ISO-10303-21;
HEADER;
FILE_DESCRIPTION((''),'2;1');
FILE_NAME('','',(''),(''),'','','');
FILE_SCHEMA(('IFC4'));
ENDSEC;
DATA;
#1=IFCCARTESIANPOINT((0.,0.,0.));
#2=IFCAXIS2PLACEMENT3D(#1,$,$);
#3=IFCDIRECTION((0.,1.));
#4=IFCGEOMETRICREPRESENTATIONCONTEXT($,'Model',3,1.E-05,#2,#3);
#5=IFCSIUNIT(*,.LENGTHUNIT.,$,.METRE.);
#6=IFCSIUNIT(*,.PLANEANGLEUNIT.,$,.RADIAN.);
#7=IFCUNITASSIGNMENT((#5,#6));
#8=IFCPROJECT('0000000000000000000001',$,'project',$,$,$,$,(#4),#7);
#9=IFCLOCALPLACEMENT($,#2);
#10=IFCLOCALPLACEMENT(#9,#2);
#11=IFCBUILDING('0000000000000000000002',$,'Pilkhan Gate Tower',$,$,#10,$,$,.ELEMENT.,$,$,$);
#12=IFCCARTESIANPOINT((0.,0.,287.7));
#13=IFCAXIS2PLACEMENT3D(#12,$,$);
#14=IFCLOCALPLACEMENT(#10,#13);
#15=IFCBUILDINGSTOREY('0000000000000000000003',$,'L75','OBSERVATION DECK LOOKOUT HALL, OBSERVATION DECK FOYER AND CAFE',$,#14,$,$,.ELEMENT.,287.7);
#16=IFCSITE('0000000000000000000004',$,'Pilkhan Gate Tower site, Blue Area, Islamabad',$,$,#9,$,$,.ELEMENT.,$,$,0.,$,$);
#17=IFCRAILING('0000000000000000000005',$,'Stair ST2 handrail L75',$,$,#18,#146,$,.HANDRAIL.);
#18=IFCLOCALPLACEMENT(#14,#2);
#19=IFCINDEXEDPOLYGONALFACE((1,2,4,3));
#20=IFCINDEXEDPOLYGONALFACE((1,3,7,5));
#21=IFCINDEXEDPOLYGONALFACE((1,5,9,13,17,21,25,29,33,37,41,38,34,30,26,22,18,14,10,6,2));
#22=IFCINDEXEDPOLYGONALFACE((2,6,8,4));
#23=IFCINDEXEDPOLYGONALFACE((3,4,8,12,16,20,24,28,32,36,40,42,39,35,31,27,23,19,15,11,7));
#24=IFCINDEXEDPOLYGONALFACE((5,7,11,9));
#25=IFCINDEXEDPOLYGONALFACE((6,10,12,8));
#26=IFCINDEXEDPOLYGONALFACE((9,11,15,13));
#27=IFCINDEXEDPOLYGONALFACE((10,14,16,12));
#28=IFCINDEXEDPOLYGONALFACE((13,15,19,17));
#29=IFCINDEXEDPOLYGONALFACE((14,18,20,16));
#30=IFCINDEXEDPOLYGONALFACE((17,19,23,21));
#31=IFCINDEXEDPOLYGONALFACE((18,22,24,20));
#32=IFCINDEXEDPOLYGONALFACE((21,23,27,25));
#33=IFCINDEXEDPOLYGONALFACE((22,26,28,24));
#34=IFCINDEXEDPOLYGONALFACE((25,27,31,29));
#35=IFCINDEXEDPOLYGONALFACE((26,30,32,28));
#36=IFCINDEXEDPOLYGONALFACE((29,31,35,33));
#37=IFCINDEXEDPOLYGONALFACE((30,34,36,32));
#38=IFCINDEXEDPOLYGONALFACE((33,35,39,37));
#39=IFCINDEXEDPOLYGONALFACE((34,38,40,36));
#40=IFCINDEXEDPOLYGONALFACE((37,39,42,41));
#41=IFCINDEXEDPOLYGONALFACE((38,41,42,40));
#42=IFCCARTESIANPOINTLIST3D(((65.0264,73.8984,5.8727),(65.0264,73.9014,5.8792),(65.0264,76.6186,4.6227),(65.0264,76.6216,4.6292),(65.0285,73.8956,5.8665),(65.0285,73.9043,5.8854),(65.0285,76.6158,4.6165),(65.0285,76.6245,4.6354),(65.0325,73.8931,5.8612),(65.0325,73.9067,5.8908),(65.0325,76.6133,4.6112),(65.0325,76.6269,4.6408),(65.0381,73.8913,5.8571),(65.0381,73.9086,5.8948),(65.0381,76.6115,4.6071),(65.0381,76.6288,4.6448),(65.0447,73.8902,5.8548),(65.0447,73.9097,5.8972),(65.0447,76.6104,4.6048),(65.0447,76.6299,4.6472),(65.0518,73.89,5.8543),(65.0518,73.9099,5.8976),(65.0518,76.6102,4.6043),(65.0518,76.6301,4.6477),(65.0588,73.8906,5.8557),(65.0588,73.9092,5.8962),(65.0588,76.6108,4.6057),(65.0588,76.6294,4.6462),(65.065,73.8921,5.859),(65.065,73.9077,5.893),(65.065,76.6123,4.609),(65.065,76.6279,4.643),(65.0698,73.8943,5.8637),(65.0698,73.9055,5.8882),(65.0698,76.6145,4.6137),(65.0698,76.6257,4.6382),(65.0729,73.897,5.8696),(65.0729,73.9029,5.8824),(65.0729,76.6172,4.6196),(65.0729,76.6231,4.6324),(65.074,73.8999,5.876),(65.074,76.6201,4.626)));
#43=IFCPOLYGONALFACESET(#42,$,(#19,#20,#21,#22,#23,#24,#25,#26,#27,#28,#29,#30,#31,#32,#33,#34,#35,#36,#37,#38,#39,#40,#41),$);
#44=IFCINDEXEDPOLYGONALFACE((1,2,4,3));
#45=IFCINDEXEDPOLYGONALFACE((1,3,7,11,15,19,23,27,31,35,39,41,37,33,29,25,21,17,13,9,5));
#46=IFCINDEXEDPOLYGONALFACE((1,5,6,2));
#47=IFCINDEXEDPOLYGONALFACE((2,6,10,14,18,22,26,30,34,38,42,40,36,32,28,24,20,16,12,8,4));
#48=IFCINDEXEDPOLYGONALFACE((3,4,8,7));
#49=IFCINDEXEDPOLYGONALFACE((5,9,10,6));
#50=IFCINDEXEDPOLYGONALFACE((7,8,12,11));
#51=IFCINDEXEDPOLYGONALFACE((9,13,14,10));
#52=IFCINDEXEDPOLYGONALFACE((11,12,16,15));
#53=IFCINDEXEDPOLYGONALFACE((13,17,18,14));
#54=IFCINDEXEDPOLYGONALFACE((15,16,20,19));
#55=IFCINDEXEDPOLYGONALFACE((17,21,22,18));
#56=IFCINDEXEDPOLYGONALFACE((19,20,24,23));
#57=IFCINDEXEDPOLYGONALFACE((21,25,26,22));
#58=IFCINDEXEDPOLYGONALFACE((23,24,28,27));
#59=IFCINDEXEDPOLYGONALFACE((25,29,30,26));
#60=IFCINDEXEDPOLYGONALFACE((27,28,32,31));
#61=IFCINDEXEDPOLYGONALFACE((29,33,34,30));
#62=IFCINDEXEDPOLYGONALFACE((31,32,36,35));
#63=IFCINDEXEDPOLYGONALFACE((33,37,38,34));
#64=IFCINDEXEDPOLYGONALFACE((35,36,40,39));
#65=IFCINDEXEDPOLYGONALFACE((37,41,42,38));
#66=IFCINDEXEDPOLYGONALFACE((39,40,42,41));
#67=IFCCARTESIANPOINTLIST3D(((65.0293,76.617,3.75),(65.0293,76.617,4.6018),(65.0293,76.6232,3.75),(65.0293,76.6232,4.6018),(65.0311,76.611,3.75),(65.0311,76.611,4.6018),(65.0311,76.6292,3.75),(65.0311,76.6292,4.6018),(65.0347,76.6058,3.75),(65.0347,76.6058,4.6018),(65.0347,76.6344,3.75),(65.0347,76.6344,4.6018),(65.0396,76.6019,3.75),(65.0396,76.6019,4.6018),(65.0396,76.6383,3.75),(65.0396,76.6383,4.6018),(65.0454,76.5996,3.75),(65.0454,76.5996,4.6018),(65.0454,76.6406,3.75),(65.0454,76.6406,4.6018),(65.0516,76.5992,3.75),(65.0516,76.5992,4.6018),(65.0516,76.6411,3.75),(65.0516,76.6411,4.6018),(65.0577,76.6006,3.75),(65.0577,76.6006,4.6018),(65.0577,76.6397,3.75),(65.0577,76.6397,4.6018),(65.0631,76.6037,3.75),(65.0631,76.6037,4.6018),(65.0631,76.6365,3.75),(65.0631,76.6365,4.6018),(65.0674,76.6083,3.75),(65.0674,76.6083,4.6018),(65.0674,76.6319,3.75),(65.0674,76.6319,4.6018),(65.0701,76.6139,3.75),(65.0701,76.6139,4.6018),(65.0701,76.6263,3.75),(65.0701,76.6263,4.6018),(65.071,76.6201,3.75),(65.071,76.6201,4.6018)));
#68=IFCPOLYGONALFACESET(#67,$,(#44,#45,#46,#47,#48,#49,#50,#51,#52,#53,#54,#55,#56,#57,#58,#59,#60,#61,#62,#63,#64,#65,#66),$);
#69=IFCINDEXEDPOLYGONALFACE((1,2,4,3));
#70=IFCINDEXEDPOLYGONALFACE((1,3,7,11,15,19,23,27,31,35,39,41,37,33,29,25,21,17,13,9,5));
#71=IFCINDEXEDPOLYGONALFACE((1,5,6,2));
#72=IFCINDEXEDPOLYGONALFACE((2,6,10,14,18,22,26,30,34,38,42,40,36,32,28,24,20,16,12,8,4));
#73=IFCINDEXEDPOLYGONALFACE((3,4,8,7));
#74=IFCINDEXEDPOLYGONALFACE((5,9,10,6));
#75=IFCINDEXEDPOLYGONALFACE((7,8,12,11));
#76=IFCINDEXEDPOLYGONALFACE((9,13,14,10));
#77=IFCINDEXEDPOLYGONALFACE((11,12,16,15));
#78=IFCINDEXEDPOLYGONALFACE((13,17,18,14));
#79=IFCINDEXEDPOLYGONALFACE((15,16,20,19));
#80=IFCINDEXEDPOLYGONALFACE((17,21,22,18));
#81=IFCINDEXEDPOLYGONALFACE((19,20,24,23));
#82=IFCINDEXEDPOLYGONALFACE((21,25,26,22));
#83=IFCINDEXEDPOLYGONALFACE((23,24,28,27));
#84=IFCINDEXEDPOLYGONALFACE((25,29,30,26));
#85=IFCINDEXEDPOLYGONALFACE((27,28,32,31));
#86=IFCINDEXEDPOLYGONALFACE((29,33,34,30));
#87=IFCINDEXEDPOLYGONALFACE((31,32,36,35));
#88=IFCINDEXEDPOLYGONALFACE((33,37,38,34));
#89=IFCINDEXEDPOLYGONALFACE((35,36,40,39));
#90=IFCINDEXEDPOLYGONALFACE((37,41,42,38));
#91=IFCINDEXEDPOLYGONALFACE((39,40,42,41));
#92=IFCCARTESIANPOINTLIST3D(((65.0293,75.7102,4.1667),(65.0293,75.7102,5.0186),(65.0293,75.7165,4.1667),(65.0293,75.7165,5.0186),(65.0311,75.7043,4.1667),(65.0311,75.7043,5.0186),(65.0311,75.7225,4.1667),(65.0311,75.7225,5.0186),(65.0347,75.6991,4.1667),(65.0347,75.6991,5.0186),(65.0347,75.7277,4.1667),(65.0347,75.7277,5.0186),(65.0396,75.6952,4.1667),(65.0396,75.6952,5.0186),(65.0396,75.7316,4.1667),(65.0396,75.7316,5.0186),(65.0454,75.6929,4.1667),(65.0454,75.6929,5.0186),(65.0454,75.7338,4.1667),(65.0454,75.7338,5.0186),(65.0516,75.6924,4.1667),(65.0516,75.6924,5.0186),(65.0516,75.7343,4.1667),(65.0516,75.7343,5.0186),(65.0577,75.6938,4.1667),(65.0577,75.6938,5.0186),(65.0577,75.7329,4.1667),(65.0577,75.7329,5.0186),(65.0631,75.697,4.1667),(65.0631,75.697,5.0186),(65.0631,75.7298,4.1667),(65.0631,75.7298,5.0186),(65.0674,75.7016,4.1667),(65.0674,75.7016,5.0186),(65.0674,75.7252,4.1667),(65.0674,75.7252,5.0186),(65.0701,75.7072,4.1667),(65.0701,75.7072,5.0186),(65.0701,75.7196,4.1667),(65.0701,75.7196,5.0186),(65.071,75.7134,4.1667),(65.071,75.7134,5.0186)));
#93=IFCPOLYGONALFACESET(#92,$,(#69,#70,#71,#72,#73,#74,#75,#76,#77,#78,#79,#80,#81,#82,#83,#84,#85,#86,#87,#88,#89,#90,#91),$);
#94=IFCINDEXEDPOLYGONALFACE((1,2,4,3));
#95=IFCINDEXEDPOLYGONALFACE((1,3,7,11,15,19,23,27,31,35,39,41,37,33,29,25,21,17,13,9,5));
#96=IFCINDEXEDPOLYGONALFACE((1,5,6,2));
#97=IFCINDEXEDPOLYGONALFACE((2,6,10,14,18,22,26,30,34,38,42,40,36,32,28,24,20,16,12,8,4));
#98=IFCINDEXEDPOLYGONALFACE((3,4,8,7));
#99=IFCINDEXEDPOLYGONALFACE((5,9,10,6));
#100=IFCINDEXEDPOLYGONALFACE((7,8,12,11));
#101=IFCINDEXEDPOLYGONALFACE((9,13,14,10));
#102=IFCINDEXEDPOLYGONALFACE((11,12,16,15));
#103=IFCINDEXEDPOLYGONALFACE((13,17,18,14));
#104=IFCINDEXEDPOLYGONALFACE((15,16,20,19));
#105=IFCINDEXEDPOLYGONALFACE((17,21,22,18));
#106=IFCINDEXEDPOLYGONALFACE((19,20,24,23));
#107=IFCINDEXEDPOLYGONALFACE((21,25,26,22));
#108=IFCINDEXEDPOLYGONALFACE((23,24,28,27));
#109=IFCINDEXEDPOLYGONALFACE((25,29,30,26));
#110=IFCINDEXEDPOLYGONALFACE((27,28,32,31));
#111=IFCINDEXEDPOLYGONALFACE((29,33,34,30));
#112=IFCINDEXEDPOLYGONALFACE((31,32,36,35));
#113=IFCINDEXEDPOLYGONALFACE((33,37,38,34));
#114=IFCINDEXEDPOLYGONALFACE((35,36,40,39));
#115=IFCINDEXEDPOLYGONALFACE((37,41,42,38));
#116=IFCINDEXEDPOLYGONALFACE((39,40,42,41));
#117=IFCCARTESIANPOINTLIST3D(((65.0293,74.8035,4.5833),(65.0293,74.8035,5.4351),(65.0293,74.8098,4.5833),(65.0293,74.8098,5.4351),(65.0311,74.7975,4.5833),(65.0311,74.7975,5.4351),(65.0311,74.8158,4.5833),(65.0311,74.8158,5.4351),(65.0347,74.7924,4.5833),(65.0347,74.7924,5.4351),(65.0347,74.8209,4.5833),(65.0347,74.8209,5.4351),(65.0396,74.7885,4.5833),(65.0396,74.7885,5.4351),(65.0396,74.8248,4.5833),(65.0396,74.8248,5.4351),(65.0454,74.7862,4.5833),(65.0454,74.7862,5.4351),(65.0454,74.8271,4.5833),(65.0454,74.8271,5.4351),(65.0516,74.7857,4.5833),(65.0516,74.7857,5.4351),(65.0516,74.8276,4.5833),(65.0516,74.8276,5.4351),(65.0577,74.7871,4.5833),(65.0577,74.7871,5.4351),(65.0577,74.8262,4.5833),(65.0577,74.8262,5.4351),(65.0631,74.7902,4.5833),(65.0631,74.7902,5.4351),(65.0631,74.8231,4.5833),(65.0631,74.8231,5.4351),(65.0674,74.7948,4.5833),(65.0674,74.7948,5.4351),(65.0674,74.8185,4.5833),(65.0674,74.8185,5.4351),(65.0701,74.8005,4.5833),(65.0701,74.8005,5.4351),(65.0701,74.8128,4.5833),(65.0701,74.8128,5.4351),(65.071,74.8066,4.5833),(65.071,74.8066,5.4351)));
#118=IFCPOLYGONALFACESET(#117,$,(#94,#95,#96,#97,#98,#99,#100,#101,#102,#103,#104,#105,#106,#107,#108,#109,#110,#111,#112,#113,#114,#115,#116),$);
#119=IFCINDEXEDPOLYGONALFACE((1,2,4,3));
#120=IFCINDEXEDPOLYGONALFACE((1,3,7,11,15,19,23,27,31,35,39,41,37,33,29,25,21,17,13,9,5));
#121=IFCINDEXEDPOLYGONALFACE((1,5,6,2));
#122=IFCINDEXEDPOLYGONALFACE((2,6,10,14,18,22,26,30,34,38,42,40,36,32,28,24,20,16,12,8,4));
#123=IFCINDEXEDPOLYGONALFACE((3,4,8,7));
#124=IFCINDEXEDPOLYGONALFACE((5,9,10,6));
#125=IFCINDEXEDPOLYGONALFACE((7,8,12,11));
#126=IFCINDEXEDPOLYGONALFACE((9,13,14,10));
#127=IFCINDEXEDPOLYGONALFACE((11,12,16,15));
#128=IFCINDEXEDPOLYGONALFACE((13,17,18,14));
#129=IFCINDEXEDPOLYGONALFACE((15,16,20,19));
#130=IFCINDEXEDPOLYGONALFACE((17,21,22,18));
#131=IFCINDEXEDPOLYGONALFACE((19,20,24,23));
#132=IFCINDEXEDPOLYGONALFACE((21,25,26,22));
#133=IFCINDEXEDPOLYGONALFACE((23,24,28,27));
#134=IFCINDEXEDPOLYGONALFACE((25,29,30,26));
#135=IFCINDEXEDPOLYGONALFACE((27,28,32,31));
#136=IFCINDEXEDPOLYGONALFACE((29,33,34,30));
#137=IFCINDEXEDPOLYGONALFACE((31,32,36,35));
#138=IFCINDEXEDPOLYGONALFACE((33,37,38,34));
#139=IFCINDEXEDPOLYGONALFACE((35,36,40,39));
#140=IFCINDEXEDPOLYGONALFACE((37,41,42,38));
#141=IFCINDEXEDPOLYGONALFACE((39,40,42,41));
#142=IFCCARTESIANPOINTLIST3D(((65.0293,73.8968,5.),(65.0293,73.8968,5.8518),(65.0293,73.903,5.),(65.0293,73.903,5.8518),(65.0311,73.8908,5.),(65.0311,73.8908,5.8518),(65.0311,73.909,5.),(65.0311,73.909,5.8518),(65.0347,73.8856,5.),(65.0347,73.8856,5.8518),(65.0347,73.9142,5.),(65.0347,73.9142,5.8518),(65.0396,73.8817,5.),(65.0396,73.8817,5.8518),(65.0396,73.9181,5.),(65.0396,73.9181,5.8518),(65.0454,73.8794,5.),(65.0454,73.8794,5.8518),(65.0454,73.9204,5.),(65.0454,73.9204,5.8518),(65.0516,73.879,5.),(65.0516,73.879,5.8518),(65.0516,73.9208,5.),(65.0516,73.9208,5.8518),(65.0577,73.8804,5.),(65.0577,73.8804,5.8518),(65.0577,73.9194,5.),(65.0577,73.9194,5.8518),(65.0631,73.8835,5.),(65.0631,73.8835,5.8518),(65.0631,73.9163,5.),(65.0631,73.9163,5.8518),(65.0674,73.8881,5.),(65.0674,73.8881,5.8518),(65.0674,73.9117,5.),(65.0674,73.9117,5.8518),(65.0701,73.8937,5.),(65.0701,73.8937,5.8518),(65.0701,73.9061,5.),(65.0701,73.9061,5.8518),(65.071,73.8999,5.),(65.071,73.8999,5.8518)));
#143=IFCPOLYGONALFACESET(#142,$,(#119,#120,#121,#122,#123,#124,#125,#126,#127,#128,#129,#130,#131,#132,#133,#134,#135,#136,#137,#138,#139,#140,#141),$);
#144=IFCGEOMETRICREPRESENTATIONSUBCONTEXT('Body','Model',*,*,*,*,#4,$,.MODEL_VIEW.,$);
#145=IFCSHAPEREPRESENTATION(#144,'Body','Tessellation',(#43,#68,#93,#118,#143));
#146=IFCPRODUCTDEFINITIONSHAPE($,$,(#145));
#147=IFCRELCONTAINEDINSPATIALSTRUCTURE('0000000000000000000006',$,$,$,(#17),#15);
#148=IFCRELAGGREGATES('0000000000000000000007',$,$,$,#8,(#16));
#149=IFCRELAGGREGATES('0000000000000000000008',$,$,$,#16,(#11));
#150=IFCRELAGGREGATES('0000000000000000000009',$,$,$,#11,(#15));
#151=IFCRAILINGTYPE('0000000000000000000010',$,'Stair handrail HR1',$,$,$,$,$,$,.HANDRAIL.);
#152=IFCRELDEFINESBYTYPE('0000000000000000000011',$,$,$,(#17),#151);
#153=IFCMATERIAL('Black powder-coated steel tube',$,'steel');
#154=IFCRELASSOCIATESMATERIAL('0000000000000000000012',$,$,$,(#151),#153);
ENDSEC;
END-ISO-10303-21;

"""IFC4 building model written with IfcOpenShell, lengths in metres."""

from ifc_helpers import new_model, si_unit, direction, frame, origin, origin_2d, place, context, subcontext, project, spatial, circle, extrude, material, type_object, element, save


model = new_model("IFC4")

# Units and contexts
model_context = context("Model", 3, precision=1e-05, world=origin(), true_north=direction((0.0, 1.0)))
body_context = subcontext(model_context, "Body", "Model", "MODEL_VIEW")
ifc_project = project(units=[si_unit("LENGTHUNIT", "METRE"), si_unit("PLANEANGLEUNIT", "RADIAN")], contexts=[model_context])

# Site, building, storey
site_placement = place(None, origin())
site = spatial("IfcSite", under=ifc_project, at=site_placement, Name="Pilkhan Gate Tower site, Blue Area, Islamabad", CompositionType="ELEMENT", RefElevation=0.0)
building_placement = place(site_placement, origin())
building = spatial("IfcBuilding", under=site, at=building_placement, Name="Pilkhan Gate Tower", CompositionType="ELEMENT")
storey_placement = place(building_placement, frame((0.0, 0.0, 287.7)))
storey = spatial("IfcBuildingStorey", under=building, at=storey_placement, Name="L75", Description="OBSERVATION DECK LOOKOUT HALL, OBSERVATION DECK FOYER AND CAFE", CompositionType="ELEMENT", Elevation=287.7)

# Railing
ifc_material_1 = material(Name="Black powder-coated steel tube", Category="steel")
railing_type_1 = type_object("IfcRailingType", Name="Stair handrail HR1", PredefinedType="HANDRAIL", material=ifc_material_1)
for number, where, name in (
    (1, (65.05, 76.6201, 3.75), "Stair ST2 handrail L75"),
):
    element("IfcRailing", number, at=place(storey_placement, frame(where)), inside=storey, type_object=railing_type_1, Name=name, PredefinedType="HANDRAIL", context=body_context, shape_type="SweptSolid", body=[
        extrude(circle(Radius=0.0239, at=origin_2d()), frame((0.0, 0.0, 0.876), z_axis=(0.0, -0.908655, 0.417547), x_axis=(1.0, 0.0, 0.0)), (0.0, 0.0, 1.0), 2.9937),
        extrude(circle(Radius=0.021, at=origin_2d()), origin(), (0.0, 0.0, 1.0), 0.8518),
        extrude(circle(Radius=0.021, at=origin_2d()), frame((0.0, -0.9067, 0.4167)), (0.0, 0.0, 1.0), 0.8518),
        extrude(circle(Radius=0.021, at=origin_2d()), frame((0.0, -1.8135, 0.8333)), (0.0, 0.0, 1.0), 0.8518),
        extrude(circle(Radius=0.021, at=origin_2d()), frame((0.0, -2.7202, 1.25)), (0.0, 0.0, 1.0), 0.8518),
    ])

save(model, "model.ifc")
